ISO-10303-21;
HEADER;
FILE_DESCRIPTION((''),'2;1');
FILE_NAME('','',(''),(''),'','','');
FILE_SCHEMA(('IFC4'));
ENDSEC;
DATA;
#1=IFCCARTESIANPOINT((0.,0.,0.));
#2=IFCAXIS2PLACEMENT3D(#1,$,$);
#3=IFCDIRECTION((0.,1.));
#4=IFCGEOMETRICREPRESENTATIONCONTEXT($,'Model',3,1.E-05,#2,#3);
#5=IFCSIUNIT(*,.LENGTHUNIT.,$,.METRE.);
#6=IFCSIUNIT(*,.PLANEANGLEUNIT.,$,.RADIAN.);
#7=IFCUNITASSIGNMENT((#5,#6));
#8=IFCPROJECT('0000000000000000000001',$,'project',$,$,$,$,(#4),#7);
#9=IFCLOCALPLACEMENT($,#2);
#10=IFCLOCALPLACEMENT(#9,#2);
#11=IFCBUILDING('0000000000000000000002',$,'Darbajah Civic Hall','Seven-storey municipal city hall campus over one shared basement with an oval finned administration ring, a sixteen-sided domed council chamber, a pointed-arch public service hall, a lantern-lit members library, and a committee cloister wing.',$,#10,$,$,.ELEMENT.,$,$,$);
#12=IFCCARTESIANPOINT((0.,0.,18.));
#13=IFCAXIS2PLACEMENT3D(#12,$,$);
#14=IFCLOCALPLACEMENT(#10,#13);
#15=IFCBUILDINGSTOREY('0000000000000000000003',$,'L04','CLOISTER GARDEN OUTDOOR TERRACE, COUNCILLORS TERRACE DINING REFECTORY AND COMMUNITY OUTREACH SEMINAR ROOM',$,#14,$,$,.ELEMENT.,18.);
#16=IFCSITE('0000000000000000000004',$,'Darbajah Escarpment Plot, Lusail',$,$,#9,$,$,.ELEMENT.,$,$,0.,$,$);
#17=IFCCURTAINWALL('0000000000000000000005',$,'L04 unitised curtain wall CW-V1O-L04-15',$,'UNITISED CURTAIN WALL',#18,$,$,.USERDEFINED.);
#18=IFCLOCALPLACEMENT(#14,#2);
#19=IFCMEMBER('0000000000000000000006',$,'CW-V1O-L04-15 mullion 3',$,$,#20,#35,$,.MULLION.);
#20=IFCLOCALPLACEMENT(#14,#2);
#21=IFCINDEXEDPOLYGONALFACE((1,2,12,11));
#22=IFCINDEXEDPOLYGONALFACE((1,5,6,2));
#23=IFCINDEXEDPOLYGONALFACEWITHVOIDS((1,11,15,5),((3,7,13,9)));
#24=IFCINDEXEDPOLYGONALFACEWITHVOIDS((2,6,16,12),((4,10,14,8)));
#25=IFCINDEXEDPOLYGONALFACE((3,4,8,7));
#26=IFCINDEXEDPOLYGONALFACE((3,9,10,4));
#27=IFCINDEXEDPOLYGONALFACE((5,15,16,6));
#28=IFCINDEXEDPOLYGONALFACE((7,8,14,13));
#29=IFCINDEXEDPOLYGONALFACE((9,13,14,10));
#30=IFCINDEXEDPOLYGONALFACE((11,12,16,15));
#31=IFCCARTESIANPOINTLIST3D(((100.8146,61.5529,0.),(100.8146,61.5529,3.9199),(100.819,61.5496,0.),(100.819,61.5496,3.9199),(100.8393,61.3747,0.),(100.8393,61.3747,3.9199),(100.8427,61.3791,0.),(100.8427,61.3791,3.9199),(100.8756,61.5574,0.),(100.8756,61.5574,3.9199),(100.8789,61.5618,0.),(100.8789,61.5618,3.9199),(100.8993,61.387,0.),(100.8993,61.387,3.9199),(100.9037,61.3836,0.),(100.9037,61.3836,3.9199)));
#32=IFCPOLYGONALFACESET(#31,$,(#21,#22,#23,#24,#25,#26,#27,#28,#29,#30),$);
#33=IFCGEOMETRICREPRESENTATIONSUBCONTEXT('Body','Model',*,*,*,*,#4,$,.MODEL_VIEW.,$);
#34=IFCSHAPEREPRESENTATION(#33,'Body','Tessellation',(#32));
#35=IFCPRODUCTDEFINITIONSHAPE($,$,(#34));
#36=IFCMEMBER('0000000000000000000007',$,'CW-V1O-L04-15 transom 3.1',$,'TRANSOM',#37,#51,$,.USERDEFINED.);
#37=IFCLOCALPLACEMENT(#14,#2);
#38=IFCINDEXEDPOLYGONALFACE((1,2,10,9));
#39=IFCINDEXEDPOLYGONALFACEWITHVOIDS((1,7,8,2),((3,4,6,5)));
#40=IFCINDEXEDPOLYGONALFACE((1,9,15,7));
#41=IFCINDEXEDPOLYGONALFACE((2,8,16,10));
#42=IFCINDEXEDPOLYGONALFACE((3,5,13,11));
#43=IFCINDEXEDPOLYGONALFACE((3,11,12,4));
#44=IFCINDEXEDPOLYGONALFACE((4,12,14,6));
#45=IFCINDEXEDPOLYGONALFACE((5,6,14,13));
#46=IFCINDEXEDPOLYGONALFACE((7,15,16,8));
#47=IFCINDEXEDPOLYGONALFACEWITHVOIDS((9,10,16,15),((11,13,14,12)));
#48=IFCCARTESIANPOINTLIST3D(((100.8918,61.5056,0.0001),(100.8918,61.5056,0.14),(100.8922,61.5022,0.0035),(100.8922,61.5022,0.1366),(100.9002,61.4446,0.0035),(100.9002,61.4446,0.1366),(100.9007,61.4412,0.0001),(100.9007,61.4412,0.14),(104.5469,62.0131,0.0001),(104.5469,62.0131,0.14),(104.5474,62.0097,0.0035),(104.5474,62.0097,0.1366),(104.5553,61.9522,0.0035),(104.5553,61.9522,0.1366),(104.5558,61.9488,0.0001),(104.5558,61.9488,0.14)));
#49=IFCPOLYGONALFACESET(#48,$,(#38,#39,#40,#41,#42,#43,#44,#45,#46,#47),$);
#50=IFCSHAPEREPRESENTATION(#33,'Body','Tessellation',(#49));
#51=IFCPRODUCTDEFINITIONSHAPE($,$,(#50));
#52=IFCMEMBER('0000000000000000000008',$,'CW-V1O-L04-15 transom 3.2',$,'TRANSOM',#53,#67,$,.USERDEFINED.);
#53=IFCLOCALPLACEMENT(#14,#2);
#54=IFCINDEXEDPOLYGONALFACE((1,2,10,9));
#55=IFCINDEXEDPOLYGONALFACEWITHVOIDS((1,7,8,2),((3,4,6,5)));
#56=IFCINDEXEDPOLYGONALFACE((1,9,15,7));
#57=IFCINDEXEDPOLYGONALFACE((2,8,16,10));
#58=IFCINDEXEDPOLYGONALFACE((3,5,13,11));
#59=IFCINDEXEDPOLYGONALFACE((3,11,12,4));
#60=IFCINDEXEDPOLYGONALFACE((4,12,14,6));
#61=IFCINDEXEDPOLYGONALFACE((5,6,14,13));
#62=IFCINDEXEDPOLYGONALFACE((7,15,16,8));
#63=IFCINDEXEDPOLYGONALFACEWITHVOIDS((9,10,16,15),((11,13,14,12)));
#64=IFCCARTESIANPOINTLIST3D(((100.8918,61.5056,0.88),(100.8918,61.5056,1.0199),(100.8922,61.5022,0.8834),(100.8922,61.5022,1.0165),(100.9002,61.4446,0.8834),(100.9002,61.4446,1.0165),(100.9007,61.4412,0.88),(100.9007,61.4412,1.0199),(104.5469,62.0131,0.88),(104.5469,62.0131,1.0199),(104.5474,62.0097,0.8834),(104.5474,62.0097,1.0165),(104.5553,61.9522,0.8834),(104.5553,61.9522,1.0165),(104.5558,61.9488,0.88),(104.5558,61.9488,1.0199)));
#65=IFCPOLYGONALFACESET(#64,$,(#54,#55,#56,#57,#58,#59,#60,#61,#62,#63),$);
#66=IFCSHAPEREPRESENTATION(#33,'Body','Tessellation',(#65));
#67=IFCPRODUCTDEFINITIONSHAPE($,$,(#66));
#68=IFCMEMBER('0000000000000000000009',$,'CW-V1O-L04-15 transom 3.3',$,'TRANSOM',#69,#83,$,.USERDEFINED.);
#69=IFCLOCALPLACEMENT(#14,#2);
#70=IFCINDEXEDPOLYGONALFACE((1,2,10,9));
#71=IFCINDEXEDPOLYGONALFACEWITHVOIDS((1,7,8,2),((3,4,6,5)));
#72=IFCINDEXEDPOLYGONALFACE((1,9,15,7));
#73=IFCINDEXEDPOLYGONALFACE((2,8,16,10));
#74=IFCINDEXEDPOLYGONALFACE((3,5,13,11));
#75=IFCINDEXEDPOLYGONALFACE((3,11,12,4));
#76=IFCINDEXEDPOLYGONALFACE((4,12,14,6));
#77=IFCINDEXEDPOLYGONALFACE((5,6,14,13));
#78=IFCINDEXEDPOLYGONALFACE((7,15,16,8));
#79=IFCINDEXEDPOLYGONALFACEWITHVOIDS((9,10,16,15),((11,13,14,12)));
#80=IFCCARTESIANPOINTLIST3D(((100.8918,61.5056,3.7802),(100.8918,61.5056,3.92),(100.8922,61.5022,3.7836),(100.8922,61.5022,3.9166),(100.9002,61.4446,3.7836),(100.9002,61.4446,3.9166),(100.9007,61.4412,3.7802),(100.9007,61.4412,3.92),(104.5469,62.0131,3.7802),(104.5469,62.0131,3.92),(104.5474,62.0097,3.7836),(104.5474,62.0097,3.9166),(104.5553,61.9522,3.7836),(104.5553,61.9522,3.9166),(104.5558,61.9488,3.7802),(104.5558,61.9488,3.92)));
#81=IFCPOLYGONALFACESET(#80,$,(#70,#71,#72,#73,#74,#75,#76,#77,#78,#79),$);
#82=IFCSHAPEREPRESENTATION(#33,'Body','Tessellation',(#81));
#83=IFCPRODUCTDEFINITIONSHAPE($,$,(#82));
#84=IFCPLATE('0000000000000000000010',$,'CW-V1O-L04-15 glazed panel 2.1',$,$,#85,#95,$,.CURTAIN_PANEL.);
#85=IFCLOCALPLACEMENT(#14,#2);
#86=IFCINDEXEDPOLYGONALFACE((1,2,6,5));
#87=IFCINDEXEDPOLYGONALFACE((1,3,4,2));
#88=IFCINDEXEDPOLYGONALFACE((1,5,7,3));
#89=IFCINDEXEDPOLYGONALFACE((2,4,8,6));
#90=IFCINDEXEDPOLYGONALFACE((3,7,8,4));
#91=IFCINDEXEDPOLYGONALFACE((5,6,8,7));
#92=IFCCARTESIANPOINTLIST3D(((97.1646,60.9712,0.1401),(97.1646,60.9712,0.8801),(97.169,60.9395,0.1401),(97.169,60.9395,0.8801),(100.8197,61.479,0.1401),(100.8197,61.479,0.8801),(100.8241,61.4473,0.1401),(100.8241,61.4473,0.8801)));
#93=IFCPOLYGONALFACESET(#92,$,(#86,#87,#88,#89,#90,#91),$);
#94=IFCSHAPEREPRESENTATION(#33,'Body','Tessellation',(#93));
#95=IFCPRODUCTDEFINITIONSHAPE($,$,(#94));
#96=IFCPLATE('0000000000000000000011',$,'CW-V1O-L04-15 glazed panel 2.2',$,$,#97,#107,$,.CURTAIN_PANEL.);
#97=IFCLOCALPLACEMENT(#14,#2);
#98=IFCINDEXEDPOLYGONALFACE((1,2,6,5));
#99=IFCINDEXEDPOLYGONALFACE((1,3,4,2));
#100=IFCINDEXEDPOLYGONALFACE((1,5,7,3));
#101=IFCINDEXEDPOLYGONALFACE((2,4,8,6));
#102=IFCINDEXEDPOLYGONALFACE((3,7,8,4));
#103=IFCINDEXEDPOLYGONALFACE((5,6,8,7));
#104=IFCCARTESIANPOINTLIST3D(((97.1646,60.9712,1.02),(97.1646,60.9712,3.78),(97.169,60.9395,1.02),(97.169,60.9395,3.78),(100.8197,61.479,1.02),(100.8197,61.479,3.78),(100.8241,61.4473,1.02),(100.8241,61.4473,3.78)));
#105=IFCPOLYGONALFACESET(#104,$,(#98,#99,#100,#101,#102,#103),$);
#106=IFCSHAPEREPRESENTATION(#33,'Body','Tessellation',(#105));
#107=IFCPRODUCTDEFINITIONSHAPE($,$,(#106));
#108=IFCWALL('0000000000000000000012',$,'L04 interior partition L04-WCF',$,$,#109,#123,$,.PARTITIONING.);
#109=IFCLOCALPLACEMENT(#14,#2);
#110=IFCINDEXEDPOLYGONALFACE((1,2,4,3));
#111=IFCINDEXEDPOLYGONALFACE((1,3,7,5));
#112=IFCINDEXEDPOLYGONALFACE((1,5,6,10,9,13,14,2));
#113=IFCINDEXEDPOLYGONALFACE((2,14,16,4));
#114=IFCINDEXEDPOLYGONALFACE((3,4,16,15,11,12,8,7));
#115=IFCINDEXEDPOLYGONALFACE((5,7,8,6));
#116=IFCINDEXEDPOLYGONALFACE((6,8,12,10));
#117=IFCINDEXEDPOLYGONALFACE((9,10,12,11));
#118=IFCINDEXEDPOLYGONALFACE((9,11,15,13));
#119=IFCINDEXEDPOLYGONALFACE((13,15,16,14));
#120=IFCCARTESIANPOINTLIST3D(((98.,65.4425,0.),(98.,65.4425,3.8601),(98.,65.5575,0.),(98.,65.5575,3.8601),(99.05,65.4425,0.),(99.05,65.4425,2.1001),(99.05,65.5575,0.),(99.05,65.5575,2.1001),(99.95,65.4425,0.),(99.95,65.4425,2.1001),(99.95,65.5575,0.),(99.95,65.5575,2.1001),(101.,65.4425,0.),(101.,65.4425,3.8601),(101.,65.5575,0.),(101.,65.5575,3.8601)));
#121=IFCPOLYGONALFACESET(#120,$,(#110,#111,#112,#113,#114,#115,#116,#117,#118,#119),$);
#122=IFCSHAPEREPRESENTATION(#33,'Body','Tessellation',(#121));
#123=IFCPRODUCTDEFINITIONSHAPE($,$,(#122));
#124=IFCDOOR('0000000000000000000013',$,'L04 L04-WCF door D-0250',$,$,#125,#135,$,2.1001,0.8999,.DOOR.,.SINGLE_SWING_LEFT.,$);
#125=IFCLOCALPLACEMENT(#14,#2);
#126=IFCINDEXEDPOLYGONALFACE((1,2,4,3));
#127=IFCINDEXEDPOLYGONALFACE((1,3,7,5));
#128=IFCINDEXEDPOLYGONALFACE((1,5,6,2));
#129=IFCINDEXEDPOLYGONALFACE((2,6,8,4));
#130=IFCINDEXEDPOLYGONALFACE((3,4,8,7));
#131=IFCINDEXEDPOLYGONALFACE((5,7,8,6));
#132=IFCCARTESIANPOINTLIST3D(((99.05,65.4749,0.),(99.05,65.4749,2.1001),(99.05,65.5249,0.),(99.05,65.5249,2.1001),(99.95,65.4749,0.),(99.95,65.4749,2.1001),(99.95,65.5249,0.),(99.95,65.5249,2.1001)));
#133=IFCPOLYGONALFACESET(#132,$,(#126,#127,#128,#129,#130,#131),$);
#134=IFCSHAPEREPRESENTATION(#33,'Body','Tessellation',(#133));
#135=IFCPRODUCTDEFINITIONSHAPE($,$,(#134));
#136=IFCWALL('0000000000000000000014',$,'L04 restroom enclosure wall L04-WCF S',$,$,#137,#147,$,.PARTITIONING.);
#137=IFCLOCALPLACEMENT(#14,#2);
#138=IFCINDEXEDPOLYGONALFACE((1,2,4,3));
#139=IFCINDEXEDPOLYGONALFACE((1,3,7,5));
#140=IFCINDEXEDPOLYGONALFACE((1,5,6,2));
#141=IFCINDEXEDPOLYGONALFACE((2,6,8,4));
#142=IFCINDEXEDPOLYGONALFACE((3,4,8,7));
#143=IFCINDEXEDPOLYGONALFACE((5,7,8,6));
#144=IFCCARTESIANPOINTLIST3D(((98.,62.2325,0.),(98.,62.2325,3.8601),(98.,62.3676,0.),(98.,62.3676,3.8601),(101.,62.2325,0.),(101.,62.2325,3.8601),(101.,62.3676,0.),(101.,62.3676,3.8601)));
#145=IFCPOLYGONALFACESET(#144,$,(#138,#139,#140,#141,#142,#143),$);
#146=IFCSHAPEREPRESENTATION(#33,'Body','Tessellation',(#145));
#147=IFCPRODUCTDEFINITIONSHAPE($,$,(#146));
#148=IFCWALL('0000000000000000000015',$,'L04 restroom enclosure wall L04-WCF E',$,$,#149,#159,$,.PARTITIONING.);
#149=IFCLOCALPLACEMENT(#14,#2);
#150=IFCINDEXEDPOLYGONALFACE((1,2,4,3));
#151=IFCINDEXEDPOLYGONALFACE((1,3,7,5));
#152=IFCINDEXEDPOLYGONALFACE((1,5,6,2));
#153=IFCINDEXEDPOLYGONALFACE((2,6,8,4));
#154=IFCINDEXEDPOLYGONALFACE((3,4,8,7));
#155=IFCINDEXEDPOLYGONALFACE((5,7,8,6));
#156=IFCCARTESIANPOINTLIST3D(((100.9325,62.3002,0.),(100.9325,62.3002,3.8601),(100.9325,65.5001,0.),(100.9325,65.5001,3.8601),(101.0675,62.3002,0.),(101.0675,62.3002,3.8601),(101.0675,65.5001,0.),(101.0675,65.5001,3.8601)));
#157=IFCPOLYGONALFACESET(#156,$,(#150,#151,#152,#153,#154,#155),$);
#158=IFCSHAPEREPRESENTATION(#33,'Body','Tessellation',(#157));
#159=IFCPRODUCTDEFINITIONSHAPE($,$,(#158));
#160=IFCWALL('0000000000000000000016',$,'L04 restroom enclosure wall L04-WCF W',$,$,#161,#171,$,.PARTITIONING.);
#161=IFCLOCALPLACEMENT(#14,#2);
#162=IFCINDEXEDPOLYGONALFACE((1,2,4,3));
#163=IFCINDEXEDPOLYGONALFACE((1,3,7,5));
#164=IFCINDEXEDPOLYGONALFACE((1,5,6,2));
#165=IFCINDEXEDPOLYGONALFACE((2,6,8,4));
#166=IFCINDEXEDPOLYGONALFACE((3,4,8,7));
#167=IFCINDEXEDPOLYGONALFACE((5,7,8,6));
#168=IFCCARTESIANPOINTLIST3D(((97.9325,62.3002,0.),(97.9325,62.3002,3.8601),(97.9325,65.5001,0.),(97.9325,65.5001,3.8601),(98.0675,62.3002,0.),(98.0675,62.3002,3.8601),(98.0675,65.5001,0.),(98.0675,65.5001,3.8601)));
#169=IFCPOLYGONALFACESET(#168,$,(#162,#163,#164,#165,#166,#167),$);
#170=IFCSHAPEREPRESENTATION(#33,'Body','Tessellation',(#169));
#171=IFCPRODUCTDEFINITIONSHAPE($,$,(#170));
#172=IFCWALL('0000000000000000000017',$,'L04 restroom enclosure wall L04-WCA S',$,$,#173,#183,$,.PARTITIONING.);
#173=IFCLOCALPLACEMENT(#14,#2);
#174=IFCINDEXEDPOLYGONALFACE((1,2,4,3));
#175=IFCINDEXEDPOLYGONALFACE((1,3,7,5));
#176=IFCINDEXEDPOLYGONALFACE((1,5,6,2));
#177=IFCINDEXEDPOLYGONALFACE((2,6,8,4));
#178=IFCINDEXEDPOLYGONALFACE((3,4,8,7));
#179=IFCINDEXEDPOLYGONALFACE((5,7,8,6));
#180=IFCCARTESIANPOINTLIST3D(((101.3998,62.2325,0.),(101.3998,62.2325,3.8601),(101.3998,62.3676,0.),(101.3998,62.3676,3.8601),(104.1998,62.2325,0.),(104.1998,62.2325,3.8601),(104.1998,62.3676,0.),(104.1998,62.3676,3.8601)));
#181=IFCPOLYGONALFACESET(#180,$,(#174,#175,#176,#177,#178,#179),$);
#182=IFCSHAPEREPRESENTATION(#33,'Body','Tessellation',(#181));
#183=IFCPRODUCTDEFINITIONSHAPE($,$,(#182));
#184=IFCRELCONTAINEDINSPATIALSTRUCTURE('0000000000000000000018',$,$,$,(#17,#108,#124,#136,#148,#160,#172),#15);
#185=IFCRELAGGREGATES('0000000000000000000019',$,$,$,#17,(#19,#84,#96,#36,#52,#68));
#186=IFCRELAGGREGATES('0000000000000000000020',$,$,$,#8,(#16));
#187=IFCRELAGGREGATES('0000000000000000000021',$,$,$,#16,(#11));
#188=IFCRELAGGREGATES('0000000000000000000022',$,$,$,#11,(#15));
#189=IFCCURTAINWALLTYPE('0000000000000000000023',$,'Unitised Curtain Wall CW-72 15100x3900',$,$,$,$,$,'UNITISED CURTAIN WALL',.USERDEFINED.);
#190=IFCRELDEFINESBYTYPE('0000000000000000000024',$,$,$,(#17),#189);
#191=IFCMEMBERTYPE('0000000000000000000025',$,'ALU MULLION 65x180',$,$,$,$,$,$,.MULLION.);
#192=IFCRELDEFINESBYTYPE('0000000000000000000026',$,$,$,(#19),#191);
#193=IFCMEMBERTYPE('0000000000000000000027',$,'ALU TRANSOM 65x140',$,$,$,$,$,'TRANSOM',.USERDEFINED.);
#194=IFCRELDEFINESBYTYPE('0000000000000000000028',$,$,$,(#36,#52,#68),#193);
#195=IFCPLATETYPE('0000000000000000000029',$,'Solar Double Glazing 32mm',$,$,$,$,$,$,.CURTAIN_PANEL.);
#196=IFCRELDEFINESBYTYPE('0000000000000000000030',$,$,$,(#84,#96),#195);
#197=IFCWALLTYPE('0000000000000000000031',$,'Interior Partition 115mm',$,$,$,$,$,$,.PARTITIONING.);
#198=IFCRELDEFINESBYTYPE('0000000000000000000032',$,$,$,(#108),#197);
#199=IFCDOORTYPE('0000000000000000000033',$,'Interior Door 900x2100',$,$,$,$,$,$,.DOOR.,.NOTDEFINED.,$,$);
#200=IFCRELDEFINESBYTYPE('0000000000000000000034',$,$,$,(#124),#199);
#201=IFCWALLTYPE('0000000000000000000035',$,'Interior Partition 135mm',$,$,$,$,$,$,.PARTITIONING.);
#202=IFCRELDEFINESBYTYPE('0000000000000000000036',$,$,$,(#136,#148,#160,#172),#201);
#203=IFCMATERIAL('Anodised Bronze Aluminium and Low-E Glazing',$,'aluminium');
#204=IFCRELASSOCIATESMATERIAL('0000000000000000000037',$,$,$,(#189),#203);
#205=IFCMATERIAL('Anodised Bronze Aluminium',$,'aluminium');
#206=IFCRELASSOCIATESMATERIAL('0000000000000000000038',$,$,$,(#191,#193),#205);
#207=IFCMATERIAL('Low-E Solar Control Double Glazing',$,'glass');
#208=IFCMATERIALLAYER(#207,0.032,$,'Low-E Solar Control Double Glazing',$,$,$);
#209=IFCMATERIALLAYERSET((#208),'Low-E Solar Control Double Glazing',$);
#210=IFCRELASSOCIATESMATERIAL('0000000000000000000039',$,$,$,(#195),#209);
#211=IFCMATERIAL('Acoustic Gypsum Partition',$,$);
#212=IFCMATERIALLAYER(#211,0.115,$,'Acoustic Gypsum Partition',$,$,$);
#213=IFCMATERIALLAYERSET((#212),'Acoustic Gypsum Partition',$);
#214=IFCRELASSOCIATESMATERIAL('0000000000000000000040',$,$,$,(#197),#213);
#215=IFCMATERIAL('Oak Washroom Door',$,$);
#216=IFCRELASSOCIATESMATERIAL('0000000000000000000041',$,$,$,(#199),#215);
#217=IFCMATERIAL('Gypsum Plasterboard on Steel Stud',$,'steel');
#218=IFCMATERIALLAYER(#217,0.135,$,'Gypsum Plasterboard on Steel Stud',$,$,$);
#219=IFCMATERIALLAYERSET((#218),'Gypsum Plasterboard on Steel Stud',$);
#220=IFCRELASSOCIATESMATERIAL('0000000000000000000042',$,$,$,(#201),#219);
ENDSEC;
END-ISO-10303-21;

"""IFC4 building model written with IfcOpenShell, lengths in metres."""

from ifc_helpers import new_model, si_unit, direction, frame, frame_2d, origin, origin_2d, place, context, subcontext, project, spatial, rectangle, hollow_rectangle, extrude, material, layer, layer_set, material_profile, profile_set, type_object, element, fill, aggregate, save


model = new_model("IFC4")

# Units and contexts
model_context = context("Model", 3, precision=1e-05, world=origin(), true_north=direction((0.0, 1.0)))
body_context = subcontext(model_context, "Body", "Model", "MODEL_VIEW")
ifc_project = project(units=[si_unit("LENGTHUNIT", "METRE"), si_unit("PLANEANGLEUNIT", "RADIAN")], contexts=[model_context])

# Site, building, storey
site_placement = place(None, origin())
site = spatial("IfcSite", under=ifc_project, at=site_placement, Name="Darbajah Escarpment Plot, Lusail", CompositionType="ELEMENT", RefElevation=0.0)
building_placement = place(site_placement, origin())
building = spatial("IfcBuilding", under=site, at=building_placement, Name="Darbajah Civic Hall", Description="Seven-storey municipal city hall campus over one shared basement with an oval finned administration ring, a sixteen-sided domed council chamber, a pointed-arch public service hall, a lantern-lit members library, and a committee cloister wing.", CompositionType="ELEMENT")
storey_placement = place(building_placement, frame((0.0, 0.0, 18.0)))
storey = spatial("IfcBuildingStorey", under=building, at=storey_placement, Name="L04", Description="CLOISTER GARDEN OUTDOOR TERRACE, COUNCILLORS TERRACE DINING REFECTORY AND COMMUNITY OUTREACH SEMINAR ROOM", CompositionType="ELEMENT", Elevation=18.0)

# Curtain wall, members, plates
ifc_material_1 = material(Name="Anodised Bronze Aluminium and Low-E Glazing", Category="aluminium")
curtain_wall_type = type_object("IfcCurtainWallType", Name="Unitised Curtain Wall CW-72 15100x3900", ElementType="UNITISED CURTAIN WALL", PredefinedType="USERDEFINED", material=ifc_material_1)
curtain_wall_placement = place(storey_placement, origin())
curtain_wall = element("IfcCurtainWall", 1, at=curtain_wall_placement, inside=storey, type_object=curtain_wall_type, Name="L04 unitised curtain wall CW-V1O-L04-15", ObjectType="UNITISED CURTAIN WALL", PredefinedType="USERDEFINED")
ifc_material_2 = material(Name="Anodised Bronze Aluminium", Category="aluminium")
ifc_material_profile_1 = material_profile(ifc_material_2, hollow_rectangle(XDim=0.0649, YDim=0.1799, WallThickness=0.0039, at=origin_2d()), Name="ALU MULLION 65x180")
ifc_profile_set_1 = profile_set([ifc_material_profile_1], Name="Anodised Bronze Aluminium")
member_type_1 = type_object("IfcMemberType", Name="ALU MULLION 65x180", PredefinedType="MULLION", material=ifc_profile_set_1)
member_1_placement = place(storey_placement, frame((100.8591, 61.4683, 0.0), z_axis=(0.0, 0.0, 1.0), x_axis=(0.990485, 0.137617, 0.0)))
member_1 = element("IfcMember", 2, at=member_1_placement, type_object=member_type_1, Name="CW-V1O-L04-15 mullion 3", PredefinedType="MULLION", context=body_context, shape_type="SweptSolid", body=[
    extrude(hollow_rectangle(XDim=0.0649, YDim=0.1799, WallThickness=0.0039, at=origin_2d()), origin(), (0.0, 0.0, 1.0), 3.9199),
])
ifc_material_profile_2 = material_profile(ifc_material_2, hollow_rectangle(XDim=0.0649, YDim=0.1399, WallThickness=0.0034, at=origin_2d()), Name="ALU TRANSOM 65x140")
ifc_profile_set_2 = profile_set([ifc_material_profile_2], Name="Anodised Bronze Aluminium")
member_type_2 = type_object("IfcMemberType", Name="ALU TRANSOM 65x140", ElementType="TRANSOM", PredefinedType="USERDEFINED", material=ifc_profile_set_2)
member_2_placement = place(storey_placement, frame((100.8962, 61.4734, 0.0701), z_axis=(0.990495, 0.137549, 0.0), x_axis=(-0.137549, 0.990495, 0.0)))
member_2 = element("IfcMember", 3, at=member_2_placement, type_object=member_type_2, Name="CW-V1O-L04-15 transom 3.1", ObjectType="TRANSOM", PredefinedType="USERDEFINED", context=body_context, shape_type="SweptSolid", body=[
    extrude(hollow_rectangle(XDim=0.0649, YDim=0.1399, WallThickness=0.0034, at=origin_2d()), origin(), (0.0, 0.0, 1.0), 3.6902),
])
member_3_placement = place(storey_placement, frame((100.8962, 61.4734, 0.95), z_axis=(0.990495, 0.137549, 0.0), x_axis=(-0.137549, 0.990495, 0.0)))
member_3 = element("IfcMember", 4, at=member_3_placement, type_object=member_type_2, Name="CW-V1O-L04-15 transom 3.2", ObjectType="TRANSOM", PredefinedType="USERDEFINED", context=body_context, shape_type="SweptSolid", body=[
    extrude(hollow_rectangle(XDim=0.0649, YDim=0.1399, WallThickness=0.0034, at=origin_2d()), origin(), (0.0, 0.0, 1.0), 3.6902),
])
member_4_placement = place(storey_placement, frame((100.8962, 61.4734, 3.8501), z_axis=(0.990495, 0.137549, 0.0), x_axis=(-0.137549, 0.990495, 0.0)))
member_4 = element("IfcMember", 5, at=member_4_placement, type_object=member_type_2, Name="CW-V1O-L04-15 transom 3.3", ObjectType="TRANSOM", PredefinedType="USERDEFINED", context=body_context, shape_type="SweptSolid", body=[
    extrude(hollow_rectangle(XDim=0.0649, YDim=0.1399, WallThickness=0.0034, at=origin_2d()), origin(), (0.0, 0.0, 1.0), 3.6902),
])
ifc_material_3 = material(Name="Low-E Solar Control Double Glazing", Category="glass")
ifc_layer_1 = layer(ifc_material_3, 0.032, Name="Low-E Solar Control Double Glazing")
ifc_layer_set_1 = layer_set([ifc_layer_1], Name="Low-E Solar Control Double Glazing")
plate_type = type_object("IfcPlateType", Name="Solar Double Glazing 32mm", PredefinedType="CURTAIN_PANEL", material=ifc_layer_set_1)
plate_1_placement = place(storey_placement, frame((98.9944, 61.2092, 0.1401), z_axis=(0.0, 0.0, 1.0), x_axis=(0.990485, 0.137617, 0.0)))
plate_1 = element("IfcPlate", 6, at=plate_1_placement, type_object=plate_type, Name="CW-V1O-L04-15 glazed panel 2.1", PredefinedType="CURTAIN_PANEL", context=body_context, shape_type="SweptSolid", body=[
    extrude(rectangle(XDim=3.6902, YDim=0.032, at=origin_2d()), origin(), (0.0, 0.0, 1.0), 0.74),
])
plate_2_placement = place(storey_placement, frame((98.9944, 61.2092, 1.02), z_axis=(0.0, 0.0, 1.0), x_axis=(0.990485, 0.137617, 0.0)))
plate_2 = element("IfcPlate", 7, at=plate_2_placement, type_object=plate_type, Name="CW-V1O-L04-15 glazed panel 2.2", PredefinedType="CURTAIN_PANEL", context=body_context, shape_type="SweptSolid", body=[
    extrude(rectangle(XDim=3.6902, YDim=0.032, at=origin_2d()), origin(), (0.0, 0.0, 1.0), 2.76),
])
aggregate(curtain_wall, [member_1, plate_1, plate_2, member_2, member_3, member_4])

# Wall, opening, door
ifc_material_4 = material(Name="Acoustic Gypsum Partition")
ifc_layer_2 = layer(ifc_material_4, 0.115, Name="Acoustic Gypsum Partition")
ifc_layer_set_2 = layer_set([ifc_layer_2], Name="Acoustic Gypsum Partition")
wall_type_1 = type_object("IfcWallType", Name="Interior Partition 115mm", PredefinedType="PARTITIONING", material=ifc_layer_set_2)
wall_1_placement = place(storey_placement, frame((98.0, 65.5, 0.0), z_axis=(0.0, 0.0, 1.0), x_axis=(1.0, 0.0, 0.0)))
wall_1 = element("IfcWall", 8, at=wall_1_placement, inside=storey, type_object=wall_type_1, Name="L04 interior partition L04-WCF", PredefinedType="PARTITIONING", context=body_context, shape_type="SweptSolid", body=[
    extrude(rectangle(XDim=3.0, YDim=0.115, at=frame_2d((1.5, 0.0))), origin(), (0.0, 0.0, 1.0), 3.8601),
])
opening_1_placement = place(wall_1_placement, frame((1.05, 0.0, 0.0)))
opening_1 = element("IfcOpeningElement", 9, at=opening_1_placement, cuts=wall_1, PredefinedType="OPENING", context=body_context, shape_type="SweptSolid", body=[
    extrude(rectangle(XDim=0.8999, YDim=2.1001, at=frame_2d((0.45, 1.05))), frame((0.0, 0.0674, 0.0), z_axis=(0.0, -1.0, 0.0), x_axis=(1.0, 0.0, 0.0)), (0.0, 0.0, 1.0), 0.135),
])
ifc_material_5 = material(Name="Oak Washroom Door")
door_type_1 = type_object("IfcDoorType", Name="Interior Door 900x2100", OperationType="NOTDEFINED", PredefinedType="DOOR", material=ifc_material_5)
door_1_placement = place(opening_1_placement, origin())
door_1 = element("IfcDoor", 10, at=door_1_placement, inside=storey, type_object=door_type_1, Name="L04 L04-WCF door D-0250", OperationType="SINGLE_SWING_LEFT", OverallHeight=2.1001, OverallWidth=0.8999, PredefinedType="DOOR", context=body_context, shape_type="SweptSolid", body=[
    extrude(rectangle(XDim=0.8999, YDim=2.1001, at=frame_2d((0.45, 1.05))), frame((0.0, 0.0249, 0.0), z_axis=(0.0, -1.0, 0.0), x_axis=(1.0, 0.0, 0.0)), (0.0, 0.0, 1.0), 0.05),
])
fill(opening_1, door_1)

# Walls
ifc_material_6 = material(Name="Gypsum Plasterboard on Steel Stud", Category="steel")
ifc_layer_3 = layer(ifc_material_6, 0.135, Name="Gypsum Plasterboard on Steel Stud")
ifc_layer_set_3 = layer_set([ifc_layer_3], Name="Gypsum Plasterboard on Steel Stud")
wall_type_2 = type_object("IfcWallType", Name="Interior Partition 135mm", PredefinedType="PARTITIONING", material=ifc_layer_set_3)
wall_2_placement = place(storey_placement, frame((98.0, 62.3, 0.0), z_axis=(0.0, 0.0, 1.0), x_axis=(1.0, 0.0, 0.0)))
element("IfcWall", 11, at=wall_2_placement, inside=storey, type_object=wall_type_2, Name="L04 restroom enclosure wall L04-WCF S", PredefinedType="PARTITIONING", context=body_context, shape_type="SweptSolid", body=[
    extrude(rectangle(XDim=3.0, YDim=0.135, at=frame_2d((1.5, 0.0))), origin(), (0.0, 0.0, 1.0), 3.8601),
])
for number, where, z_axis, x_axis, name in (
    (12, (101.0, 62.3, 0.0), (0.0, 0.0, 1.0), (0.0, 1.0, 0.0), "L04 restroom enclosure wall L04-WCF E"),
    (13, (98.0, 62.3, 0.0), (0.0, 0.0, 1.0), (0.0, 1.0, 0.0), "L04 restroom enclosure wall L04-WCF W"),
):
    element("IfcWall", number, at=place(storey_placement, frame(where, z_axis=z_axis, x_axis=x_axis)), inside=storey, type_object=wall_type_2, Name=name, PredefinedType="PARTITIONING", context=body_context, shape_type="SweptSolid", body=[
        extrude(rectangle(XDim=3.2, YDim=0.135, at=frame_2d((1.6001, 0.0))), origin(), (0.0, 0.0, 1.0), 3.8601),
    ])
wall_3_placement = place(storey_placement, frame((101.3999, 62.3, 0.0), z_axis=(0.0, 0.0, 1.0), x_axis=(1.0, 0.0, 0.0)))
element("IfcWall", 14, at=wall_3_placement, inside=storey, type_object=wall_type_2, Name="L04 restroom enclosure wall L04-WCA S", PredefinedType="PARTITIONING", context=body_context, shape_type="SweptSolid", body=[
    extrude(rectangle(XDim=2.8, YDim=0.135, at=frame_2d((1.3999, 0.0))), origin(), (0.0, 0.0, 1.0), 3.8601),
])

save(model, "model.ifc")
